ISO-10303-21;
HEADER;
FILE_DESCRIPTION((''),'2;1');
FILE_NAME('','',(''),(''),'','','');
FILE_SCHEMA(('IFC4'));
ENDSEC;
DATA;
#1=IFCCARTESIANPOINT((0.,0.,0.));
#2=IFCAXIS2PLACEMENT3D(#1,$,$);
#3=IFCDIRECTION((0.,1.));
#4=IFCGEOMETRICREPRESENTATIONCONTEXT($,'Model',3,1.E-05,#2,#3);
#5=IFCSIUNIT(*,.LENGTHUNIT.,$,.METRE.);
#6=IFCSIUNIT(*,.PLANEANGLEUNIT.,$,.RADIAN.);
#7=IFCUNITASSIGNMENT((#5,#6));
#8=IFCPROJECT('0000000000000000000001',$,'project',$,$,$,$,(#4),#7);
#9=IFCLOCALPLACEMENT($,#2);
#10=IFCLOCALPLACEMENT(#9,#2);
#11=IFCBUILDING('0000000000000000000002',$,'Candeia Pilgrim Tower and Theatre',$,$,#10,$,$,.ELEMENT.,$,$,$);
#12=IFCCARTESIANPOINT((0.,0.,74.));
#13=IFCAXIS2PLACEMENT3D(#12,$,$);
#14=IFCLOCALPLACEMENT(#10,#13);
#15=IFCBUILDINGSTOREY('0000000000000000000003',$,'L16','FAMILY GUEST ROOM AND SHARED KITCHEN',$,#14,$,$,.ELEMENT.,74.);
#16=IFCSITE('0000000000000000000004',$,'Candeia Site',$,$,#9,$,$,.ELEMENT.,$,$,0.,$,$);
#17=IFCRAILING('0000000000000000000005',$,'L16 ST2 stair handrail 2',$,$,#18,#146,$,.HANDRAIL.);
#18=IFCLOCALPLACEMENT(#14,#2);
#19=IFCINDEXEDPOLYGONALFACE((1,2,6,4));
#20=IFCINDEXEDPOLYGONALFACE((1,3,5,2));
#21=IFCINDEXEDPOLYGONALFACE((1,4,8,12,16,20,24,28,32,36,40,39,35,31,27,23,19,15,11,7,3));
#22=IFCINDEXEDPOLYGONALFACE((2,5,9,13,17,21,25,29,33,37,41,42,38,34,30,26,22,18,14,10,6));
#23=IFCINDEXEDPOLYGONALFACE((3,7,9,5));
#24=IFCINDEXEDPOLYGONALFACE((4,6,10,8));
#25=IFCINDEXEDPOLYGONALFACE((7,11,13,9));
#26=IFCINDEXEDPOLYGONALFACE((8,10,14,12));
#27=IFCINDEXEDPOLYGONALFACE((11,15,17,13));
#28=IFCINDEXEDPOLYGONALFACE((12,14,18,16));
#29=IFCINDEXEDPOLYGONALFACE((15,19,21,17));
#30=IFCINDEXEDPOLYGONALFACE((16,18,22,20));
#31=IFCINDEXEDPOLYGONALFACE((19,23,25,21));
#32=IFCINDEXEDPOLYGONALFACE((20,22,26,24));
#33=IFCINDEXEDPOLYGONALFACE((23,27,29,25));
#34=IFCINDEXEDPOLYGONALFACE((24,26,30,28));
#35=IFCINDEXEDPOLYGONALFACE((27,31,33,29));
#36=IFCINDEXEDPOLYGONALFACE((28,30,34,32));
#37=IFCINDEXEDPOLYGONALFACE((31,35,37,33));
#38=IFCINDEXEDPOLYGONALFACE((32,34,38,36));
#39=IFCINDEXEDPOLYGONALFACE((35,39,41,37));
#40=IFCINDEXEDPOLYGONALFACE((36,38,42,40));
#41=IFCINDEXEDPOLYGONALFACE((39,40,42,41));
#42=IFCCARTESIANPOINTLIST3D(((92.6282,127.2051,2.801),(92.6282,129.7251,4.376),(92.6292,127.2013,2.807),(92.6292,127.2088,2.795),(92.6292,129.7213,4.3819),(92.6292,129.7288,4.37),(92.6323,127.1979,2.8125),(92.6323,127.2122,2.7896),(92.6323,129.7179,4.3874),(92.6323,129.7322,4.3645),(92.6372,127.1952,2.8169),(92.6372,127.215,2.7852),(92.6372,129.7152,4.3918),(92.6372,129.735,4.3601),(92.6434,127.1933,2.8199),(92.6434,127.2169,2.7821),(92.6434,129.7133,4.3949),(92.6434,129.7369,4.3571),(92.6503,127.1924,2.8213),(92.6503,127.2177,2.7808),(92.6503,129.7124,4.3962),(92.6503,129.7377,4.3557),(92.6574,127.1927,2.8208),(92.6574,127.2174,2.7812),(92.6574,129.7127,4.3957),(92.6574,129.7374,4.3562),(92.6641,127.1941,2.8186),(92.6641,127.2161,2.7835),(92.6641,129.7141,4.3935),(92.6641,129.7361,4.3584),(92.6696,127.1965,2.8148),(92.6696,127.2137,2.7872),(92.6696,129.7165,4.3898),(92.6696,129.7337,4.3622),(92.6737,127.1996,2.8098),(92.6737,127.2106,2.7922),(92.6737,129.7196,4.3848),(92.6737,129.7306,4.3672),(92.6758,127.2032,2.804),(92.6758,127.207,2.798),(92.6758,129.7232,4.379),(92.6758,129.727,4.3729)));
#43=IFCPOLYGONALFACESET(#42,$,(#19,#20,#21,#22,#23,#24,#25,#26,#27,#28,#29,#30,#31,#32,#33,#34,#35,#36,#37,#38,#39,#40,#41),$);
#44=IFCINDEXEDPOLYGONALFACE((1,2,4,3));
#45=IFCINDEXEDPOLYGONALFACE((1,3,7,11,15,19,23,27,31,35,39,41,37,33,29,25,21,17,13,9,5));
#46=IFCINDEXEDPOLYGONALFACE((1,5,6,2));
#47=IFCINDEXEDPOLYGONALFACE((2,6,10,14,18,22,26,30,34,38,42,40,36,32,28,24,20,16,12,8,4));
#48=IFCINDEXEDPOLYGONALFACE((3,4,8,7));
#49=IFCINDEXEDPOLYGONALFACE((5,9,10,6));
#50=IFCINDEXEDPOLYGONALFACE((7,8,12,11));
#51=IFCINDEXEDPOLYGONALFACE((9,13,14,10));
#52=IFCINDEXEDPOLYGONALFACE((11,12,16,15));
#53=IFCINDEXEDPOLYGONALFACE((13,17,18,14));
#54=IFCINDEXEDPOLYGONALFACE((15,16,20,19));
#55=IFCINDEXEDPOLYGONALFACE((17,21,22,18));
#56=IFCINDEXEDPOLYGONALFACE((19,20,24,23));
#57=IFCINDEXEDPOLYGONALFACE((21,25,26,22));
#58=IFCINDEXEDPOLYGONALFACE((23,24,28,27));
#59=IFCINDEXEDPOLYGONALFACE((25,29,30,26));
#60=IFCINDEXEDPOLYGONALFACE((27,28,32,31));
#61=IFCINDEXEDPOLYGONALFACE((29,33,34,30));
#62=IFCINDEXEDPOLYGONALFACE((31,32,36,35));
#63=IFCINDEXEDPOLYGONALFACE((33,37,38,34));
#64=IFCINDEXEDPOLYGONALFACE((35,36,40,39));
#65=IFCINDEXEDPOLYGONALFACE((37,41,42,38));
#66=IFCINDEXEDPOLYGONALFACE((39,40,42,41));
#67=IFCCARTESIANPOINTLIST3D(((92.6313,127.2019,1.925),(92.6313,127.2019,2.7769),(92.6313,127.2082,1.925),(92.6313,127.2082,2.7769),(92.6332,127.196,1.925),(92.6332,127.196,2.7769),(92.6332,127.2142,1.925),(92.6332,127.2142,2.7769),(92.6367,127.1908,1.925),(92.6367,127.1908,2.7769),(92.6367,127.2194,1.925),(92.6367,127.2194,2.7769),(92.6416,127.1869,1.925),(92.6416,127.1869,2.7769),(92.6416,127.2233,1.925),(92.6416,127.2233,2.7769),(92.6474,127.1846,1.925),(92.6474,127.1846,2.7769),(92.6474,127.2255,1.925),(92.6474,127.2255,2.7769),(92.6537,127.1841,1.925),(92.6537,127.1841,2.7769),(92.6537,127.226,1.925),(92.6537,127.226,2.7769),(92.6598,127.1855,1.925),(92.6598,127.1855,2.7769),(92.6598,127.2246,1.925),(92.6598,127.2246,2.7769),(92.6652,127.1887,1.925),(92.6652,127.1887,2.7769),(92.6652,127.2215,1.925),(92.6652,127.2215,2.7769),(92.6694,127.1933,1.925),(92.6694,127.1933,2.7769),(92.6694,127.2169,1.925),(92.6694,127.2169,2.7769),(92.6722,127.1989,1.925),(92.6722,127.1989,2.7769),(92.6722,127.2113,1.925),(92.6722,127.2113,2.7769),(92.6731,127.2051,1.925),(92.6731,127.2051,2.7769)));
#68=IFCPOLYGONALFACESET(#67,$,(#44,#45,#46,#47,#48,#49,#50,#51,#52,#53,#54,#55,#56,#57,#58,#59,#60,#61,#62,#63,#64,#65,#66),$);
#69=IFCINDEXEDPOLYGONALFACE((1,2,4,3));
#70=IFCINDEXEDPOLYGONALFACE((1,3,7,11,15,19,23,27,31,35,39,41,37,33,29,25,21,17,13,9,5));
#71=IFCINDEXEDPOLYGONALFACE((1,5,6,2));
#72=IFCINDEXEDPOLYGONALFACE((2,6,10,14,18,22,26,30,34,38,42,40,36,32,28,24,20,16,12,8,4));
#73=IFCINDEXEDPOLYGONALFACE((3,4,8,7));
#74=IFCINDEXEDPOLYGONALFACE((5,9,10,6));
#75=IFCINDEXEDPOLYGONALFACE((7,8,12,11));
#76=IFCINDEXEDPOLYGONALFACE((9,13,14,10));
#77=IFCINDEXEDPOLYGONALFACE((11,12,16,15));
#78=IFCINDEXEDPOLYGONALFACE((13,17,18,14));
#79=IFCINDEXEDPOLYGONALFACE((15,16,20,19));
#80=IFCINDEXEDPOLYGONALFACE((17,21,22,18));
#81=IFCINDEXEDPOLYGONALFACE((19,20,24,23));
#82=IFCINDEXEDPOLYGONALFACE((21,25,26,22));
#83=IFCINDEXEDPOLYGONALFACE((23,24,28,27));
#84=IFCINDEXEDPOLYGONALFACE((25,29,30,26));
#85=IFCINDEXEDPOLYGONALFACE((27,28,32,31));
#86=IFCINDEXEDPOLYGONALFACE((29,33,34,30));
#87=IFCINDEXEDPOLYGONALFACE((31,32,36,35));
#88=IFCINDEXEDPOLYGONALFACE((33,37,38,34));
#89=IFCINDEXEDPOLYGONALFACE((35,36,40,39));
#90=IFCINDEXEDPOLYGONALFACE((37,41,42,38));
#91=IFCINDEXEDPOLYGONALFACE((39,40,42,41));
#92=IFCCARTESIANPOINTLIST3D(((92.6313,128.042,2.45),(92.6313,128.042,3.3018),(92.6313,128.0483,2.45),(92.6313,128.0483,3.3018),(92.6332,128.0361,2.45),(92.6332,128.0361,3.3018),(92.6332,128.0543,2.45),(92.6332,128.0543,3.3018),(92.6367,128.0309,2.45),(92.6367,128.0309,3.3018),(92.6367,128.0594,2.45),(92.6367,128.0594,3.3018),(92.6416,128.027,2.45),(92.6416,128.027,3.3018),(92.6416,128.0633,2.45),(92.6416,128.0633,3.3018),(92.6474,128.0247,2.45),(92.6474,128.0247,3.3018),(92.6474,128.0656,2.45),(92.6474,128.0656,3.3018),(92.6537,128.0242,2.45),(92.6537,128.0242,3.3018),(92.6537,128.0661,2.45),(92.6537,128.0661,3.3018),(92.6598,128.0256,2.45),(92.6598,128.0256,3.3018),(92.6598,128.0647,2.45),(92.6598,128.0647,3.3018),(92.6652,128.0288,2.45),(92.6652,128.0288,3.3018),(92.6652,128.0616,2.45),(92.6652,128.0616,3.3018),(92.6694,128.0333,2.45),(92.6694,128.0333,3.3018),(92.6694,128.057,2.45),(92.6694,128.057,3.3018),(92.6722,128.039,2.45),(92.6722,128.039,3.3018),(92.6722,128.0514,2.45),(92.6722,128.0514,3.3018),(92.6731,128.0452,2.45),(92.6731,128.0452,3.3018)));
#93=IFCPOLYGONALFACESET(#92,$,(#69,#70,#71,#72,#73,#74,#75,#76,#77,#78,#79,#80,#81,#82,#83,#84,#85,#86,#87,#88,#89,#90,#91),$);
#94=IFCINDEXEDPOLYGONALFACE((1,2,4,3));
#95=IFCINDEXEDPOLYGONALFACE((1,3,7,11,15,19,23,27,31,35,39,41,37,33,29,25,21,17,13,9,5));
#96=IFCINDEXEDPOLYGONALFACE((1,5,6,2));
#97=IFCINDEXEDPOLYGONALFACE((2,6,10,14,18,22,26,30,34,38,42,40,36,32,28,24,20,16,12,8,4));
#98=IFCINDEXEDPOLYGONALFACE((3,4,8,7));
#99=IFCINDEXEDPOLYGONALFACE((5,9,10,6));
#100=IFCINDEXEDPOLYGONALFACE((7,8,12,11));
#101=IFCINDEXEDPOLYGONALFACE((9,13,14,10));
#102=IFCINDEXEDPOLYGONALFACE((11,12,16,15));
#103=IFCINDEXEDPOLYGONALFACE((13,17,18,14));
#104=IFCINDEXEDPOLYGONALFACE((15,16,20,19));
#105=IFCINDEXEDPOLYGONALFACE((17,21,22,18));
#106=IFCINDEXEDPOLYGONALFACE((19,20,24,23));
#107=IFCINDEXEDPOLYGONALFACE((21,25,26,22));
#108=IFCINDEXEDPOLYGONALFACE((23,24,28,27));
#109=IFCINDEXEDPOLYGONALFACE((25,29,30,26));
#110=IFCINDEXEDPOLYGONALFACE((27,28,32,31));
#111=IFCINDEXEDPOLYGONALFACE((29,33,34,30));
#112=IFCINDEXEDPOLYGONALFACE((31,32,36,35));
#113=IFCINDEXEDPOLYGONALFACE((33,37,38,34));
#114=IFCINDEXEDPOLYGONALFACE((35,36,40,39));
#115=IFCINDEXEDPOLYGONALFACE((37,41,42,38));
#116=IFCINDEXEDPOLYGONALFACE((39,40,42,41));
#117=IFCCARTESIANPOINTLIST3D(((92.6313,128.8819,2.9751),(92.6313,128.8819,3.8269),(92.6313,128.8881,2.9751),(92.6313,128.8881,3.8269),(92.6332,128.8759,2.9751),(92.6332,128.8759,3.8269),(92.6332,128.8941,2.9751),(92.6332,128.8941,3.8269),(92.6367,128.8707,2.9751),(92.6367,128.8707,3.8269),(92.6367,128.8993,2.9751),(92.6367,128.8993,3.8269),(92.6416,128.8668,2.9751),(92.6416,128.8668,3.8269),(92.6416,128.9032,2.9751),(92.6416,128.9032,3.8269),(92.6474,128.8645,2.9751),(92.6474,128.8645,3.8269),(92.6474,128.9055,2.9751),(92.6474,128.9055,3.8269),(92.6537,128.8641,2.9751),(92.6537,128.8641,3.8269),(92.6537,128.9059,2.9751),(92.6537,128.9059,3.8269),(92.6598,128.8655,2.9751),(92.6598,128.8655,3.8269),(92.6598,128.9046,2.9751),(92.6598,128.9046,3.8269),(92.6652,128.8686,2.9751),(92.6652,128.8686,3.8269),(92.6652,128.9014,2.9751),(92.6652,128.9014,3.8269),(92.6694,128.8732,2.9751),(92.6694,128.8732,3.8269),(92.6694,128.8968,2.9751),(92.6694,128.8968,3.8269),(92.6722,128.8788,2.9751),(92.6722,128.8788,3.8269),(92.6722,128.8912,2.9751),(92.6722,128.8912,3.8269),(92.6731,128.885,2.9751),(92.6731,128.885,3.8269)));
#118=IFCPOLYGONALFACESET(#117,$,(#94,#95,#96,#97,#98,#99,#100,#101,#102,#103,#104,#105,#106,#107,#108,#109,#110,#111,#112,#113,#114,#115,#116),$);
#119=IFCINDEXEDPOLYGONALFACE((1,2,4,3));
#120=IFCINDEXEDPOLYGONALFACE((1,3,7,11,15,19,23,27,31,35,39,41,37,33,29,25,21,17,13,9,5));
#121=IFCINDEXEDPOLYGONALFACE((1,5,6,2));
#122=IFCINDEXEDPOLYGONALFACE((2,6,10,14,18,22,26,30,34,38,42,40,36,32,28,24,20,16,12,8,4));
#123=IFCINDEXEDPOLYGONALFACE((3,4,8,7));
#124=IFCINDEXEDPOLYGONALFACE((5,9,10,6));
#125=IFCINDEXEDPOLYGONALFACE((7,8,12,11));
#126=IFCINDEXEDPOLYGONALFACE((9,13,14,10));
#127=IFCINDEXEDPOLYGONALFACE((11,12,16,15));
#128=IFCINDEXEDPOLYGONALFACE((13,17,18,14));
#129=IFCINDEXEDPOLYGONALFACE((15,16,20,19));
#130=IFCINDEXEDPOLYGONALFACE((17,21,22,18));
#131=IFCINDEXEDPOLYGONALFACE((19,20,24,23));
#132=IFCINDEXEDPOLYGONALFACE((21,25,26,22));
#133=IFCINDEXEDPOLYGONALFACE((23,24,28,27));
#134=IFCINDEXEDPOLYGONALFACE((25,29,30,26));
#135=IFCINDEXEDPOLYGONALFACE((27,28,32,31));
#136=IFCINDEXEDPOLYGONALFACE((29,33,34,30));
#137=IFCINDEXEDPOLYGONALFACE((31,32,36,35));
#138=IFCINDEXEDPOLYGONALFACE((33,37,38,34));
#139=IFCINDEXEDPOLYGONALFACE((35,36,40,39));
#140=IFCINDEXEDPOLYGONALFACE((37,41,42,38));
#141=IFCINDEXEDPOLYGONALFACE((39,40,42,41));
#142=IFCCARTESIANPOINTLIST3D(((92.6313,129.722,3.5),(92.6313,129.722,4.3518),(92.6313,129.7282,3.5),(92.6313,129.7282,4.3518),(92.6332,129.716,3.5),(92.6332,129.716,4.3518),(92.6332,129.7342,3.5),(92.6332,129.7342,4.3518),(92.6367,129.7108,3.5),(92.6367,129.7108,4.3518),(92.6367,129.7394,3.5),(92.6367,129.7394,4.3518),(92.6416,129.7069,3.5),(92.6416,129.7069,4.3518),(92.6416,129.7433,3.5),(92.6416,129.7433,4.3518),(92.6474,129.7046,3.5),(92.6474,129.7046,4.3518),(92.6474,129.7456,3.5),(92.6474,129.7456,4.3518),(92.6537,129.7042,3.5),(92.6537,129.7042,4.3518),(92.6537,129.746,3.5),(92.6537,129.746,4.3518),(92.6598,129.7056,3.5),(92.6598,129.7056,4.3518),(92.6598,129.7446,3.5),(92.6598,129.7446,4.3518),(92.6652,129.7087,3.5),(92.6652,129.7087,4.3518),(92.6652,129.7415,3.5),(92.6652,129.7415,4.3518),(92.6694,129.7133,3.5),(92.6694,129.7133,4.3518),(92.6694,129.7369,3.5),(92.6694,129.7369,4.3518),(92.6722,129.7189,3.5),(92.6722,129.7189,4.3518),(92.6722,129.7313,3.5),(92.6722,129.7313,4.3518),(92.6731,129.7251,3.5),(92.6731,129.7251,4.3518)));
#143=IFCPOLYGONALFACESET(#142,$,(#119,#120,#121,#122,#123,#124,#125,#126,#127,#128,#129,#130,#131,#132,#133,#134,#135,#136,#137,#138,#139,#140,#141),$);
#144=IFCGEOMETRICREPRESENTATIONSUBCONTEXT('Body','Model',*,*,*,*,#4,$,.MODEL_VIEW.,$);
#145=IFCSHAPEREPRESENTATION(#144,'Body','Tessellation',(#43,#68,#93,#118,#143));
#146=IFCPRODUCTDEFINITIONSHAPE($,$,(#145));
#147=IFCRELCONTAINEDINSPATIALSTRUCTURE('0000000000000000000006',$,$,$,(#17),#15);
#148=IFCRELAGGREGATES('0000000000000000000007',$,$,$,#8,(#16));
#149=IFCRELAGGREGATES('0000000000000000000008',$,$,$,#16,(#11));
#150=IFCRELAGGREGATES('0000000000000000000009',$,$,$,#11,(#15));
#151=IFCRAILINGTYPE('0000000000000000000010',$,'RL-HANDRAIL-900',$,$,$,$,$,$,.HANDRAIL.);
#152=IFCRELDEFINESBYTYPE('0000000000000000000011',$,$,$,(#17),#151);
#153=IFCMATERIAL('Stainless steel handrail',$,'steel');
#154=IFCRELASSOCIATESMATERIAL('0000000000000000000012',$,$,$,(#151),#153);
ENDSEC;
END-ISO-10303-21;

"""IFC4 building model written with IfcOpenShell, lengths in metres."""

from ifc_helpers import new_model, si_unit, direction, frame, origin, origin_2d, place, context, subcontext, project, spatial, circle, extrude, material, type_object, element, save


model = new_model("IFC4")

# Units and contexts
model_context = context("Model", 3, precision=1e-05, world=origin(), true_north=direction((0.0, 1.0)))
body_context = subcontext(model_context, "Body", "Model", "MODEL_VIEW")
ifc_project = project(units=[si_unit("LENGTHUNIT", "METRE"), si_unit("PLANEANGLEUNIT", "RADIAN")], contexts=[model_context])

# Site, building, storey
site_placement = place(None, origin())
site = spatial("IfcSite", under=ifc_project, at=site_placement, Name="Candeia Site", CompositionType="ELEMENT", RefElevation=0.0)
building_placement = place(site_placement, origin())
building = spatial("IfcBuilding", under=site, at=building_placement, Name="Candeia Pilgrim Tower and Theatre", CompositionType="ELEMENT")
storey_placement = place(building_placement, frame((0.0, 0.0, 74.0)))
storey = spatial("IfcBuildingStorey", under=building, at=storey_placement, Name="L16", Description="FAMILY GUEST ROOM AND SHARED KITCHEN", CompositionType="ELEMENT", Elevation=74.0)

# Railing
ifc_material_1 = material(Name="Stainless steel handrail", Category="steel")
railing_type = type_object("IfcRailingType", Name="RL-HANDRAIL-900", PredefinedType="HANDRAIL", material=ifc_material_1)
for number, where, name in (
    (1, (92.6521, 127.2051, 1.925), "L16 ST2 stair handrail 2"),
):
    element("IfcRailing", number, at=place(storey_placement, frame(where)), inside=storey, type_object=railing_type, Name=name, PredefinedType="HANDRAIL", context=body_context, shape_type="SweptSolid", body=[
        extrude(circle(Radius=0.0239, at=origin_2d()), frame((0.0, 0.0, 0.876), z_axis=(0.0, 0.848008, 0.529984), x_axis=(-1.0, 0.0, 0.0)), (0.0, 0.0, 1.0), 2.9717),
        extrude(circle(Radius=0.021, at=origin_2d()), origin(), (0.0, 0.0, 1.0), 0.8518),
        extrude(circle(Radius=0.021, at=origin_2d()), frame((0.0, 0.8401, 0.5249)), (0.0, 0.0, 1.0), 0.8518),
        extrude(circle(Radius=0.021, at=origin_2d()), frame((0.0, 1.6799, 1.05)), (0.0, 0.0, 1.0), 0.8518),
        extrude(circle(Radius=0.021, at=origin_2d()), frame((0.0, 2.52, 1.575)), (0.0, 0.0, 1.0), 0.8518),
    ])

save(model, "model.ifc")
